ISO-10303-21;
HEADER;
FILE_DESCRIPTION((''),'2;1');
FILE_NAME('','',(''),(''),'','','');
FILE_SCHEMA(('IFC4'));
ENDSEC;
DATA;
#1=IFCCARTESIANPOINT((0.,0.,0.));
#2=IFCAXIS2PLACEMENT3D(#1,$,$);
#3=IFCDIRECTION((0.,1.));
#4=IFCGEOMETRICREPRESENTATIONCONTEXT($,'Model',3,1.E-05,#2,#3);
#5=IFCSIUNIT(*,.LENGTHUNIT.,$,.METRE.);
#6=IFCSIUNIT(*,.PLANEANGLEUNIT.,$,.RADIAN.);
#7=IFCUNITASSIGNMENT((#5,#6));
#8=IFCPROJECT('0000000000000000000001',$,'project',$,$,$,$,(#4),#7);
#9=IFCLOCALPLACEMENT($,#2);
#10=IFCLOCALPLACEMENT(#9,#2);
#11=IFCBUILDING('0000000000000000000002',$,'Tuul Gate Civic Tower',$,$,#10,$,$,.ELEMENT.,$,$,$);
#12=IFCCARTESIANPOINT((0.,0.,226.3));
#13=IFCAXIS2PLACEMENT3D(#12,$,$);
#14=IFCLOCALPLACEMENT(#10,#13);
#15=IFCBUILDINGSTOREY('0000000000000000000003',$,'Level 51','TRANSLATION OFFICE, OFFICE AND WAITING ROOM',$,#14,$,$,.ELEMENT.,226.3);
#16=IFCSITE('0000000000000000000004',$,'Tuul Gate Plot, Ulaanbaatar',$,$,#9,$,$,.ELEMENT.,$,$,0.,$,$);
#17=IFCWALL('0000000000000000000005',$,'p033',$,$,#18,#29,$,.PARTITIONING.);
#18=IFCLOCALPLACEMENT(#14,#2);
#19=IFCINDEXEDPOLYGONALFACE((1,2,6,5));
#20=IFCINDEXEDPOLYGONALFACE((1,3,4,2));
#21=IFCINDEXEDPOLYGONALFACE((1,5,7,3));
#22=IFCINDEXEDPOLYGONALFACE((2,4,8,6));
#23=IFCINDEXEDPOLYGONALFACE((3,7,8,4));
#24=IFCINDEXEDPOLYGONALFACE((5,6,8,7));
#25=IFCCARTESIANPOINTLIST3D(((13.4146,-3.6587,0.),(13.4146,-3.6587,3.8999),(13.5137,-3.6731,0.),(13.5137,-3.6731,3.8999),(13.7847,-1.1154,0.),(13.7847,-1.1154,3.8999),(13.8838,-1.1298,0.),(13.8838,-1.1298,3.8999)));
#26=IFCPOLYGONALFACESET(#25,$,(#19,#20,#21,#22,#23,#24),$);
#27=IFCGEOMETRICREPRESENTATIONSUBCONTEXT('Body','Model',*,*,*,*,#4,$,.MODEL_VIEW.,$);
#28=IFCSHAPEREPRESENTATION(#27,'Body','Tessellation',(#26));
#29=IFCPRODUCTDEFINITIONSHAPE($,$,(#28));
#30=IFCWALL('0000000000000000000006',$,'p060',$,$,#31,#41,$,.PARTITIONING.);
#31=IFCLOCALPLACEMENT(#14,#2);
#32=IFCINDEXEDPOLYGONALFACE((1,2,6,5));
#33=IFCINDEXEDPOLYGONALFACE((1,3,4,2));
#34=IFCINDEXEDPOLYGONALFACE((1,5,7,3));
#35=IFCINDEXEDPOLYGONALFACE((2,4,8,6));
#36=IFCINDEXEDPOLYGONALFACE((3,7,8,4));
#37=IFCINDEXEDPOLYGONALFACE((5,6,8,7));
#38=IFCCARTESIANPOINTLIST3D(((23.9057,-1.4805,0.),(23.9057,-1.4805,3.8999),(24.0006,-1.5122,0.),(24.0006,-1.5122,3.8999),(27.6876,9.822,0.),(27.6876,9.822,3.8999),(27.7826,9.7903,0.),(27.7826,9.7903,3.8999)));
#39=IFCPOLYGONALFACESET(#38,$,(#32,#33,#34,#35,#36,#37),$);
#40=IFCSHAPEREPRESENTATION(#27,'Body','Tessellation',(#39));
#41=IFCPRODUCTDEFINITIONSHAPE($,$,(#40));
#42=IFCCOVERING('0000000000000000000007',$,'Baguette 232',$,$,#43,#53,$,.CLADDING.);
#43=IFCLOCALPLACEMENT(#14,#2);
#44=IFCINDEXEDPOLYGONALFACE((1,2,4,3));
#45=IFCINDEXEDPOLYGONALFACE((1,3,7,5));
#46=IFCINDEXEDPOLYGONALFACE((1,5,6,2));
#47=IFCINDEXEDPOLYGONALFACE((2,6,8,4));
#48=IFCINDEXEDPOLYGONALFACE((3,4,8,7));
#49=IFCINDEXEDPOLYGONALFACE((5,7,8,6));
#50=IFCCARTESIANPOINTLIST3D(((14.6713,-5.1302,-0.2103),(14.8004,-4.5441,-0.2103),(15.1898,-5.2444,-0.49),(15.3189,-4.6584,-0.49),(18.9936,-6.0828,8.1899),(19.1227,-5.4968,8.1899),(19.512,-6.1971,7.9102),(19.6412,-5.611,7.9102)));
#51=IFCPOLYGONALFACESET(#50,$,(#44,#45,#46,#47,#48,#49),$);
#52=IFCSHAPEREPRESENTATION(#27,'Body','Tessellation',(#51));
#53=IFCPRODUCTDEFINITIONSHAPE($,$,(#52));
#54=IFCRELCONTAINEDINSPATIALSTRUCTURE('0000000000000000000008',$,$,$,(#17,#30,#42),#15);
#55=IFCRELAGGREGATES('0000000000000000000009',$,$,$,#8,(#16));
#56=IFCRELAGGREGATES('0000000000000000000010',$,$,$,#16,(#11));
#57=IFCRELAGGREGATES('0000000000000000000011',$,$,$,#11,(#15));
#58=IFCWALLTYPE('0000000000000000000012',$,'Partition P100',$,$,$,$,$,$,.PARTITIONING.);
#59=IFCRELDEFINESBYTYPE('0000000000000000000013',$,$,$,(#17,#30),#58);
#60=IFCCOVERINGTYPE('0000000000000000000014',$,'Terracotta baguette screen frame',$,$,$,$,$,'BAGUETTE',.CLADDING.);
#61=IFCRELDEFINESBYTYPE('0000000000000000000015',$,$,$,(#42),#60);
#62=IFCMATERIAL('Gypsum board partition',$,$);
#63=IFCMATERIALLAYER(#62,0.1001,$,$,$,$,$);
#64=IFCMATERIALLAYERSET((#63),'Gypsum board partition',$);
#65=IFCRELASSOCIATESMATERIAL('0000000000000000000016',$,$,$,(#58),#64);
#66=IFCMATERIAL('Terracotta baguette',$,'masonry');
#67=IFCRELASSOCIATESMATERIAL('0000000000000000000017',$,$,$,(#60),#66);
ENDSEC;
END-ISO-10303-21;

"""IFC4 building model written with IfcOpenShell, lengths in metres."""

from ifc_helpers import new_model, si_unit, direction, frame, frame_2d, origin, origin_2d, place, context, subcontext, project, spatial, rectangle, extrude, material, layer, layer_set, material_profile, profile_set, type_object, element, save


model = new_model("IFC4")

# Units and contexts
model_context = context("Model", 3, precision=1e-05, world=origin(), true_north=direction((0.0, 1.0)))
body_context = subcontext(model_context, "Body", "Model", "MODEL_VIEW")
ifc_project = project(units=[si_unit("LENGTHUNIT", "METRE"), si_unit("PLANEANGLEUNIT", "RADIAN")], contexts=[model_context])

# Site, building, storey
site_placement = place(None, origin())
site = spatial("IfcSite", under=ifc_project, at=site_placement, Name="Tuul Gate Plot, Ulaanbaatar", CompositionType="ELEMENT", RefElevation=0.0)
building_placement = place(site_placement, origin())
building = spatial("IfcBuilding", under=site, at=building_placement, Name="Tuul Gate Civic Tower", CompositionType="ELEMENT")
storey_placement = place(building_placement, frame((0.0, 0.0, 226.3)))
storey = spatial("IfcBuildingStorey", under=building, at=storey_placement, Name="Level 51", Description="TRANSLATION OFFICE, OFFICE AND WAITING ROOM", CompositionType="ELEMENT", Elevation=226.3)

# Walls
ifc_material_1 = material(Name="Gypsum board partition")
ifc_layer_1 = layer(ifc_material_1, 0.1001)
ifc_layer_set_1 = layer_set([ifc_layer_1], Name="Gypsum board partition")
wall_type_1 = type_object("IfcWallType", Name="Partition P100", PredefinedType="PARTITIONING", material=ifc_layer_set_1)
wall_1_placement = place(storey_placement, frame((13.4641, -3.666, 0.0), z_axis=(0.0, 0.0, 1.0), x_axis=(0.144014, 0.989576, 0.0)))
element("IfcWall", 1, at=wall_1_placement, inside=storey, type_object=wall_type_1, Name="p033", PredefinedType="PARTITIONING", context=body_context, shape_type="SweptSolid", body=[
    extrude(rectangle(XDim=2.5701, YDim=0.1001, at=frame_2d((1.2852, 0.0))), origin(), (0.0, 0.0, 1.0), 3.8999),
])
wall_2_placement = place(storey_placement, frame((23.9531, -1.4963, 0.0), z_axis=(0.0, 0.0, 1.0), x_axis=(0.317321, 0.948318, 0.0)))
element("IfcWall", 2, at=wall_2_placement, inside=storey, type_object=wall_type_1, Name="p060", PredefinedType="PARTITIONING", context=body_context, shape_type="SweptSolid", body=[
    extrude(rectangle(XDim=11.9185, YDim=0.1001, at=frame_2d((5.9592, 0.0))), origin(), (0.0, 0.0, 1.0), 3.8999),
])

# Covering
ifc_material_2 = material(Name="Terracotta baguette", Category="masonry")
ifc_material_profile_1 = material_profile(ifc_material_2, rectangle(XDim=0.6001, YDim=0.6001, at=origin_2d()), Name="Terracotta baguette screen frame")
ifc_profile_set_1 = profile_set([ifc_material_profile_1], Name="Terracotta baguette")
covering_type = type_object("IfcCoveringType", Name="Terracotta baguette screen frame", ElementType="BAGUETTE", PredefinedType="CLADDING", material=ifc_profile_set_1)
covering_placement = place(storey_placement, frame((19.3174, -5.8469, 8.05), z_axis=(-0.455223, 0.100332, -0.884707), x_axis=(-0.215236, -0.976562, 0.0)))
element("IfcCovering", 3, at=covering_placement, inside=storey, type_object=covering_type, Name="Baguette 232", PredefinedType="CLADDING", context=body_context, shape_type="SweptSolid", body=[
    extrude(rectangle(XDim=0.6001, YDim=0.6001, at=origin_2d()), origin(), (0.0, 0.0, 1.0), 9.4949),
])

save(model, "model.ifc")
